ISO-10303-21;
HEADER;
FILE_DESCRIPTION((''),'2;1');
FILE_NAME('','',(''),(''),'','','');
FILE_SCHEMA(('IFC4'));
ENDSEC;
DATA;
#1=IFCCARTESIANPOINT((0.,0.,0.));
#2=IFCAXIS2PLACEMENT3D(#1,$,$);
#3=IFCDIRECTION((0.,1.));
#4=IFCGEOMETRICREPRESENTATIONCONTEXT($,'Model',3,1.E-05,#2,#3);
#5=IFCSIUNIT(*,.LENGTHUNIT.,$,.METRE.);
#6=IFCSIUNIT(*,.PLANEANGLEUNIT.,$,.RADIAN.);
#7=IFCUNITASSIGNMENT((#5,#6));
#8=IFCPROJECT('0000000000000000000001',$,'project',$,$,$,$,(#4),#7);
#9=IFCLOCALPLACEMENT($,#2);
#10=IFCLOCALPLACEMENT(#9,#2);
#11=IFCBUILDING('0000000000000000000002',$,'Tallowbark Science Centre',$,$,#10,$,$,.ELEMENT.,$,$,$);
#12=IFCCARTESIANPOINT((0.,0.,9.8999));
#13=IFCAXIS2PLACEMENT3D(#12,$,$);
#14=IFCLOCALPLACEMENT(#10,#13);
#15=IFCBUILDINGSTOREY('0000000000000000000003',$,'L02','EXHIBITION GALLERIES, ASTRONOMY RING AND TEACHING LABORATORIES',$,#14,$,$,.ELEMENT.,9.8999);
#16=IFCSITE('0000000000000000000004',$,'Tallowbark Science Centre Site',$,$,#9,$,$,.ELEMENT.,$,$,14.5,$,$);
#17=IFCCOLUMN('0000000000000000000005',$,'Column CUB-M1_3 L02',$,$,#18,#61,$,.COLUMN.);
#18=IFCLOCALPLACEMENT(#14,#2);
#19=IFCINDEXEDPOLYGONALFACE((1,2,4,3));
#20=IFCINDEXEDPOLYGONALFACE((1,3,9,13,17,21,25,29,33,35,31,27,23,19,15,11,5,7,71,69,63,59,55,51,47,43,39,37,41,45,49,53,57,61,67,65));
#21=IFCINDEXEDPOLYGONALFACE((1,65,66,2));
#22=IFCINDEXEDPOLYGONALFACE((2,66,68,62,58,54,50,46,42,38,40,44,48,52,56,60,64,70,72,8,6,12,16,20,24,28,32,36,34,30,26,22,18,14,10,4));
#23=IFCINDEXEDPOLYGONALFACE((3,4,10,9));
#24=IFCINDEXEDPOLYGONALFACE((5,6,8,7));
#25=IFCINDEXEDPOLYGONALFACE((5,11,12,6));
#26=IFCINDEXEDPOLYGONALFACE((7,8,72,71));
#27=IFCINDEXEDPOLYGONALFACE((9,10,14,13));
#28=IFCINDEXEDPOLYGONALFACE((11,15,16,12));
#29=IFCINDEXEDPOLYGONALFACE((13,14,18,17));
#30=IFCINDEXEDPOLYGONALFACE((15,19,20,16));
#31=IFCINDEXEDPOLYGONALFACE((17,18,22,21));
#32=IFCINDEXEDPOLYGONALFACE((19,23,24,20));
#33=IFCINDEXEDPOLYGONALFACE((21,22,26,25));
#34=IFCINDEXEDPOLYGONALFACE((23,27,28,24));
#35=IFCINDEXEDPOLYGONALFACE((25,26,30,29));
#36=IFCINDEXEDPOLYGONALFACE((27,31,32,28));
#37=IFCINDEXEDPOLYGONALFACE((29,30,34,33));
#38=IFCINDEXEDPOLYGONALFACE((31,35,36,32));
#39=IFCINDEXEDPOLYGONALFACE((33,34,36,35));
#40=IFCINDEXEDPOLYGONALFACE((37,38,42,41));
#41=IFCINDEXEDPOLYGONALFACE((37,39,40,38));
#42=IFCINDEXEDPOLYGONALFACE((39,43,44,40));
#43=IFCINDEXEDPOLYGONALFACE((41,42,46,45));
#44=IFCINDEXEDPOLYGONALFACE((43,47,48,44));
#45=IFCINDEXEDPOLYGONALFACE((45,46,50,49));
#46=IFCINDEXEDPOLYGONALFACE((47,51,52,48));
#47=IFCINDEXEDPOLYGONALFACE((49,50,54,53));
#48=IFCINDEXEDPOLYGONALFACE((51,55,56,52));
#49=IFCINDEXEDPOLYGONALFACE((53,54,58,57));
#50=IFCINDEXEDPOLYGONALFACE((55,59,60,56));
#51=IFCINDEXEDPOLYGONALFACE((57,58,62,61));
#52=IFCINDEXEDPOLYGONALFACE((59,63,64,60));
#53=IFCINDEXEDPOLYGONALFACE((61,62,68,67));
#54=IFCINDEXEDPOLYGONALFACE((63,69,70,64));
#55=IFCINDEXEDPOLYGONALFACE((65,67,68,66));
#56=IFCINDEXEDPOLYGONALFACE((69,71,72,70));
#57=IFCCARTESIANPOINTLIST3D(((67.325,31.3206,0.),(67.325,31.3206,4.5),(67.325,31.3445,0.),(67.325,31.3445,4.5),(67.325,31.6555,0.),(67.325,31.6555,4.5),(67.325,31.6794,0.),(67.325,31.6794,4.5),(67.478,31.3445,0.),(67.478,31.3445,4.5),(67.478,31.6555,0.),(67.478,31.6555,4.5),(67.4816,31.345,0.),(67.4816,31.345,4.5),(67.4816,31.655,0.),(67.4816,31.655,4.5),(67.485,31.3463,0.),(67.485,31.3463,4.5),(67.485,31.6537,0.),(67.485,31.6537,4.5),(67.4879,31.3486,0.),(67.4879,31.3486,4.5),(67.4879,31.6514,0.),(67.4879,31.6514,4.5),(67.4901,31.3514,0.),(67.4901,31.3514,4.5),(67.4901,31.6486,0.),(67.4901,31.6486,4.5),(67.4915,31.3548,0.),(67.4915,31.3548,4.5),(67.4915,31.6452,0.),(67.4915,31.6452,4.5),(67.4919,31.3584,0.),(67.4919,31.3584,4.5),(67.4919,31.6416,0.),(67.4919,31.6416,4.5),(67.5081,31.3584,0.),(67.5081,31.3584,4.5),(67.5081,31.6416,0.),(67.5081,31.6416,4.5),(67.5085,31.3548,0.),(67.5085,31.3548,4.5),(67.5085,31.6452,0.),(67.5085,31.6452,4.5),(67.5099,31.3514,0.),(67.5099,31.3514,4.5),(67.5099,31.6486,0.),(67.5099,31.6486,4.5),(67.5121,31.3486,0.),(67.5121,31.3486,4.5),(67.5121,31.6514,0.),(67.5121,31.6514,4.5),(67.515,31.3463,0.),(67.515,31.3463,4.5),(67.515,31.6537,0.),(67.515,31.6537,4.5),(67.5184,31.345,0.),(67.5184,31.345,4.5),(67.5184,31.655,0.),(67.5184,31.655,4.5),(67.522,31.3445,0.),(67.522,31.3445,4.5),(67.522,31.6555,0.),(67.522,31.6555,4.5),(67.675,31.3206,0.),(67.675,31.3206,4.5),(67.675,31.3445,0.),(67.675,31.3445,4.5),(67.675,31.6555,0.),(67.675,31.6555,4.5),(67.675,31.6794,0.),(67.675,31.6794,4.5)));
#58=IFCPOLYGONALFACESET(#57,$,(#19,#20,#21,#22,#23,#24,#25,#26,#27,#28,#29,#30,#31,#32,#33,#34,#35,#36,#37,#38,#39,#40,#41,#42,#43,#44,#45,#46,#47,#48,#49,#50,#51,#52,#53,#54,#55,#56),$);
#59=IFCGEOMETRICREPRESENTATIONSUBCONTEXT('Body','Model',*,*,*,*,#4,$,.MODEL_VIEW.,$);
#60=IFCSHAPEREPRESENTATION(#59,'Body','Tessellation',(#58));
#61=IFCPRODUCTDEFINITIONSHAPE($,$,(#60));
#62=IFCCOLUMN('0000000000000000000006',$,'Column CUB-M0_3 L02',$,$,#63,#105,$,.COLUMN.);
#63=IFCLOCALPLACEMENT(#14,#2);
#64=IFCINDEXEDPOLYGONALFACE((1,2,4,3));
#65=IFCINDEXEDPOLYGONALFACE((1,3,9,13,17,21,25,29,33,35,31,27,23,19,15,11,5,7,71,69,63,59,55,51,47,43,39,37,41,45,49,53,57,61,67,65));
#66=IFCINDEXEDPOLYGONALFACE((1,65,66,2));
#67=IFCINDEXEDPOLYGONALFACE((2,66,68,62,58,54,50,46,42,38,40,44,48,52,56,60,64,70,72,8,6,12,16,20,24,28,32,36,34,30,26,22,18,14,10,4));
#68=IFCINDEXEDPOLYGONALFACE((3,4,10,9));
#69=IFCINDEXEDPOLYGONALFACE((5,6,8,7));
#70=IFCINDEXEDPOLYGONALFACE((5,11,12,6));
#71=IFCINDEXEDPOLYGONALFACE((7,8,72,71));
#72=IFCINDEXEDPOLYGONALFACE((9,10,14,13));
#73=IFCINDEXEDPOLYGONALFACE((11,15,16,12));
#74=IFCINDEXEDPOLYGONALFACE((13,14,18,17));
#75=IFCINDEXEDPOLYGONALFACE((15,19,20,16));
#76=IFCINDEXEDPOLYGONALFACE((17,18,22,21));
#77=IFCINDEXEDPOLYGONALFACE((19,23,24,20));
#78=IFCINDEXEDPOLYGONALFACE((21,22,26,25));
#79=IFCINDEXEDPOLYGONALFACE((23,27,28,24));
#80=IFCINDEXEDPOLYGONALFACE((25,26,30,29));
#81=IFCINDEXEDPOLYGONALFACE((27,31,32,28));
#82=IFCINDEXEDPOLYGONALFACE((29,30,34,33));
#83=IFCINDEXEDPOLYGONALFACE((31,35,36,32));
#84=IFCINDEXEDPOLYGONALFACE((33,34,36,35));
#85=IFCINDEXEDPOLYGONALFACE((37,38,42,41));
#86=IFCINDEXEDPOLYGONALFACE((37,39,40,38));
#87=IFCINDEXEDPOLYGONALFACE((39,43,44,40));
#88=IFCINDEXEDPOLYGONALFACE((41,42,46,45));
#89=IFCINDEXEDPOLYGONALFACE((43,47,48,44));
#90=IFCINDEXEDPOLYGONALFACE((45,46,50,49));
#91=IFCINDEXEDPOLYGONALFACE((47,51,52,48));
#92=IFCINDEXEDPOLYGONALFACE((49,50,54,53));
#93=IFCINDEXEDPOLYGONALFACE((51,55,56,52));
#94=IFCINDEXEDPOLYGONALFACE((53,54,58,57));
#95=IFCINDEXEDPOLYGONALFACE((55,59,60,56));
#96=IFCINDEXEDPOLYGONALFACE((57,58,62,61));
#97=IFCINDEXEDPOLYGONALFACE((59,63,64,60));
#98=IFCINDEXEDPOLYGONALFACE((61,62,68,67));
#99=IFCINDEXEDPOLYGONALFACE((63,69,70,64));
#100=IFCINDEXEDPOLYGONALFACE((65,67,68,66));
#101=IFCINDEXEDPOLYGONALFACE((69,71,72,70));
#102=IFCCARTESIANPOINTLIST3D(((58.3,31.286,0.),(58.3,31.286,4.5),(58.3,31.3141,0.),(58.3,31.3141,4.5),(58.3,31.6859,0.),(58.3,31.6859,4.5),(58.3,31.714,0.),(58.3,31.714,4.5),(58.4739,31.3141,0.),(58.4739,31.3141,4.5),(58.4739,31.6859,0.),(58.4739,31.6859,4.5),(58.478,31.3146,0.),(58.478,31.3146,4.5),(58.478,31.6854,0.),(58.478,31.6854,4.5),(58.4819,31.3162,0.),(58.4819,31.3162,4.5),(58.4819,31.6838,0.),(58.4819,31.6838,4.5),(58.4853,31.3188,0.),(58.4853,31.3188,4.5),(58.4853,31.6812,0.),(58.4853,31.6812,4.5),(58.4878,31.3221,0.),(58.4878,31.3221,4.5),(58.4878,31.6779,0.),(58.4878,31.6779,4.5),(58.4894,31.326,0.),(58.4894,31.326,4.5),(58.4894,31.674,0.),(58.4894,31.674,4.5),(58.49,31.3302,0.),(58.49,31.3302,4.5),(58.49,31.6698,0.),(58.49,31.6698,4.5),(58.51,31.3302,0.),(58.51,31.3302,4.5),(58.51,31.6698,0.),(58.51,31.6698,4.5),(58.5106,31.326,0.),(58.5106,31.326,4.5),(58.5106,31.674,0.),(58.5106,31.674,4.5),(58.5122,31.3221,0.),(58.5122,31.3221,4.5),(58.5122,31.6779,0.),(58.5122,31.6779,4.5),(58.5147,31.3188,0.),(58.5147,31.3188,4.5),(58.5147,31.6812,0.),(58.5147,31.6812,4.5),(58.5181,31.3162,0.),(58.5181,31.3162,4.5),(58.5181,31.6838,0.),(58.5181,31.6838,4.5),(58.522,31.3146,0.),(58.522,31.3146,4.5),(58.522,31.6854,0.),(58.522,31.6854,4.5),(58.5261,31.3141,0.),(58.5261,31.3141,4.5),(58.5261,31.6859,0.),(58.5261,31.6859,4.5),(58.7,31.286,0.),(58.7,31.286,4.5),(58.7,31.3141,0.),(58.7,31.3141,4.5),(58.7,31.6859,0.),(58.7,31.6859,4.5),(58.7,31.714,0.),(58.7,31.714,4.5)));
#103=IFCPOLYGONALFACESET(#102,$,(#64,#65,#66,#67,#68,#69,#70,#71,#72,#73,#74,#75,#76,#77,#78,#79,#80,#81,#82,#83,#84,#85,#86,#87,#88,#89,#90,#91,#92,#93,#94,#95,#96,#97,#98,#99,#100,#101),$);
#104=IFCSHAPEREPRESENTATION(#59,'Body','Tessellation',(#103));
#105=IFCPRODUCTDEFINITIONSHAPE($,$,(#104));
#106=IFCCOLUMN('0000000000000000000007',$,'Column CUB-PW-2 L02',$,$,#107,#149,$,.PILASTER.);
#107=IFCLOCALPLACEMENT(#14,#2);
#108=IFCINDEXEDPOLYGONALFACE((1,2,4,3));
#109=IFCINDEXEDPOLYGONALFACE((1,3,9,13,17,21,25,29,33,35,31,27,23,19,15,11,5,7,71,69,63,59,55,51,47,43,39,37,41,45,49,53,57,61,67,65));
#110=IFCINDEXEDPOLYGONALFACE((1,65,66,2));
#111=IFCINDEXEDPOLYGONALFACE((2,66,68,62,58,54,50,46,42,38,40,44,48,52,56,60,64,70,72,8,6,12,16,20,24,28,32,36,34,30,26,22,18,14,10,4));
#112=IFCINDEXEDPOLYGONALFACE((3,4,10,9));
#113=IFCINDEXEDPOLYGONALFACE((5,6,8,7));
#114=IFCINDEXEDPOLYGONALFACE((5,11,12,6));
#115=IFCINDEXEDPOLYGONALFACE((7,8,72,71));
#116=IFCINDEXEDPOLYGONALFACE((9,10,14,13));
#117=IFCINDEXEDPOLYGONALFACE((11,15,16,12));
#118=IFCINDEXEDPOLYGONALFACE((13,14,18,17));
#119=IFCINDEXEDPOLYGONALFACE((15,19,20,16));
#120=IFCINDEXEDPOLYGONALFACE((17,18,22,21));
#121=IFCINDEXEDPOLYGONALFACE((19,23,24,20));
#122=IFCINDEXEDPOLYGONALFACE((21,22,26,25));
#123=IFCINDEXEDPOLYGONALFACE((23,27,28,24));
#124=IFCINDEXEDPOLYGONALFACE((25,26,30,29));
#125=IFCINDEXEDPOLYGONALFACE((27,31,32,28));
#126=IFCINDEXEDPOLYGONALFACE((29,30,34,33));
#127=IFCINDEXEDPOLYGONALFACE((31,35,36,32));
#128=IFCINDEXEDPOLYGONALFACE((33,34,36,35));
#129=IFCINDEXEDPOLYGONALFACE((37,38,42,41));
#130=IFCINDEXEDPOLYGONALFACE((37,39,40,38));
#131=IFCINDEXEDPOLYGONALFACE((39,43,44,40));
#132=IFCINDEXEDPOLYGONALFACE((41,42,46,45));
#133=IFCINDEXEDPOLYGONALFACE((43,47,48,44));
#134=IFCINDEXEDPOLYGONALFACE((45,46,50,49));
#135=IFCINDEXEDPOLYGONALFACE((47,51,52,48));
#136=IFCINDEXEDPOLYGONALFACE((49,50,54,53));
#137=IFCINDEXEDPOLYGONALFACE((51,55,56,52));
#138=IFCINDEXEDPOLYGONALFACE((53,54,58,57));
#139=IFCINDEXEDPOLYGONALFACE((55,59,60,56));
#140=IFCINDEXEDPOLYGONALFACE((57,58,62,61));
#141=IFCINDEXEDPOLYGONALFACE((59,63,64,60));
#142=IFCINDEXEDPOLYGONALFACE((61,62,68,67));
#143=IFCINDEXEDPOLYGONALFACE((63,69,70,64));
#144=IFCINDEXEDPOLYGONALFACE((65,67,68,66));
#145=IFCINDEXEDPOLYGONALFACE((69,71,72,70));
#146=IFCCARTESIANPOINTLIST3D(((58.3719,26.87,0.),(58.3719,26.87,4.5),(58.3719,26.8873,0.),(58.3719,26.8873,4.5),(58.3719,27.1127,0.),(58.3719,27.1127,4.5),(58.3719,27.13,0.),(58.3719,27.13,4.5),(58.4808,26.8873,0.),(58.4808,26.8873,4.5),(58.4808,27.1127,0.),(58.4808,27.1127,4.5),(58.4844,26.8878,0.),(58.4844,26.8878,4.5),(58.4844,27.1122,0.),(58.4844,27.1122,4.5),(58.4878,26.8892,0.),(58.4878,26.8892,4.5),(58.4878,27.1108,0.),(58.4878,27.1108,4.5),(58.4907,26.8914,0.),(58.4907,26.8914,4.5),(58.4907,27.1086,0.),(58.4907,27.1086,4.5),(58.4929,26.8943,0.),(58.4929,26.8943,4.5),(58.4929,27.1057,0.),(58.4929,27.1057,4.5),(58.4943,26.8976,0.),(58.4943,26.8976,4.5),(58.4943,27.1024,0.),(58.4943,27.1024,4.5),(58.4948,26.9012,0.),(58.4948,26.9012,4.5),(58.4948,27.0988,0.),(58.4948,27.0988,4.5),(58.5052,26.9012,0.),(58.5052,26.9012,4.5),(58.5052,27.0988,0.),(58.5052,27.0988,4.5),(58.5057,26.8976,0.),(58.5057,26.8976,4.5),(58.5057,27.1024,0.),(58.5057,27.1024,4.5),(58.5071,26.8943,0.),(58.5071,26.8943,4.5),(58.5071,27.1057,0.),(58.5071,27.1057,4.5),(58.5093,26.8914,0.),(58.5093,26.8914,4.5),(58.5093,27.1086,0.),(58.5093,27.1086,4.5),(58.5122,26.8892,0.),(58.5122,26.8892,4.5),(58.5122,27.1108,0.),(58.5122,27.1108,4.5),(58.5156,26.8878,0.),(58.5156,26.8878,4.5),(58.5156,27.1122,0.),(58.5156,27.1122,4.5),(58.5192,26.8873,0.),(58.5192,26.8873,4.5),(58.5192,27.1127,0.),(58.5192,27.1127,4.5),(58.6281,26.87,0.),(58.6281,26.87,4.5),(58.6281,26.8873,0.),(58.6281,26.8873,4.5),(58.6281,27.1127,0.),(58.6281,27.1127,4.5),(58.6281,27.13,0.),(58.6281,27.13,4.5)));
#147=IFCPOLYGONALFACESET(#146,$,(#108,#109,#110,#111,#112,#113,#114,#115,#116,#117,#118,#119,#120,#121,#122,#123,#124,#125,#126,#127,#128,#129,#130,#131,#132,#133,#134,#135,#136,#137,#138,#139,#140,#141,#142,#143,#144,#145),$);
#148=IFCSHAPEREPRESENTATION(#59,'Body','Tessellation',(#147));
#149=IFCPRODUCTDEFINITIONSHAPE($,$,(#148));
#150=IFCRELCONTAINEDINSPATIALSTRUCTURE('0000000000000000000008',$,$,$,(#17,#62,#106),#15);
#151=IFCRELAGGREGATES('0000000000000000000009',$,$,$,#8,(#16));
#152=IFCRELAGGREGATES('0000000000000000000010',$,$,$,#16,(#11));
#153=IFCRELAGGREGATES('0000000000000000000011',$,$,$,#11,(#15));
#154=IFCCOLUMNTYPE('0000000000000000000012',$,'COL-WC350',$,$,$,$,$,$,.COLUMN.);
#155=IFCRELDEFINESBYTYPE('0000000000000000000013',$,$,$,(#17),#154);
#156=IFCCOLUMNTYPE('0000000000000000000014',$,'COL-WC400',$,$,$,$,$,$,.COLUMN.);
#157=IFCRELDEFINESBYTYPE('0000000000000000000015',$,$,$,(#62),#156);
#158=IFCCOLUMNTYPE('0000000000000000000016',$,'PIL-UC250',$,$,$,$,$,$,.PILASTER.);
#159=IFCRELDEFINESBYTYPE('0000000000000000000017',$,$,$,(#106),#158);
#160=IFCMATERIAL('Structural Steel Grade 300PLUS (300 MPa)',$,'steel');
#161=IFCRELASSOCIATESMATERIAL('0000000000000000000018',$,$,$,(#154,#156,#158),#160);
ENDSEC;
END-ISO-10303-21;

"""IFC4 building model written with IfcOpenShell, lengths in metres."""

from ifc_helpers import new_model, si_unit, direction, frame, origin, origin_2d, place, context, subcontext, project, spatial, i_section, extrude, material, material_profile, profile_set, type_object, element, save


model = new_model("IFC4")

# Units and contexts
model_context = context("Model", 3, precision=1e-05, world=origin(), true_north=direction((0.0, 1.0)))
body_context = subcontext(model_context, "Body", "Model", "MODEL_VIEW")
ifc_project = project(units=[si_unit("LENGTHUNIT", "METRE"), si_unit("PLANEANGLEUNIT", "RADIAN")], contexts=[model_context])

# Site, building, storey
site_placement = place(None, origin())
site = spatial("IfcSite", under=ifc_project, at=site_placement, Name="Tallowbark Science Centre Site", CompositionType="ELEMENT", RefElevation=14.5)
building_placement = place(site_placement, origin())
building = spatial("IfcBuilding", under=site, at=building_placement, Name="Tallowbark Science Centre", CompositionType="ELEMENT")
storey_placement = place(building_placement, frame((0.0, 0.0, 9.8999)))
storey = spatial("IfcBuildingStorey", under=building, at=storey_placement, Name="L02", Description="EXHIBITION GALLERIES, ASTRONOMY RING AND TEACHING LABORATORIES", CompositionType="ELEMENT", Elevation=9.8999)

# Columns
ifc_material_1 = material(Name="Structural Steel Grade 300PLUS (300 MPa)", Category="steel")
ifc_material_profile_1 = material_profile(ifc_material_1, i_section(OverallWidth=0.3501, OverallDepth=0.3589, WebThickness=0.0161, FlangeThickness=0.0239, FilletRadius=0.0139, at=origin_2d()), Name="350WC197")
ifc_profile_set_1 = profile_set([ifc_material_profile_1], Name="Structural Steel Grade 300PLUS (300 MPa)")
column_type_1 = type_object("IfcColumnType", Name="COL-WC350", PredefinedType="COLUMN", material=ifc_profile_set_1)
column_1_placement = place(storey_placement, frame((67.5, 31.5, 0.0), z_axis=(0.0, 0.0, 1.0), x_axis=(1.0, 0.0, 0.0)))
element("IfcColumn", 1, at=column_1_placement, inside=storey, type_object=column_type_1, Name="Column CUB-M1_3 L02", PredefinedType="COLUMN", context=body_context, shape_type="SweptSolid", body=[
    extrude(i_section(OverallWidth=0.3501, OverallDepth=0.3589, WebThickness=0.0161, FlangeThickness=0.0239, FilletRadius=0.0139, at=origin_2d()), origin(), (0.0, 0.0, 1.0), 4.5),
])
ifc_material_profile_2 = material_profile(ifc_material_1, i_section(OverallWidth=0.3999, OverallDepth=0.428, WebThickness=0.02, FlangeThickness=0.0281, FilletRadius=0.0161, at=origin_2d()), Name="400WC270")
ifc_profile_set_2 = profile_set([ifc_material_profile_2], Name="Structural Steel Grade 300PLUS (300 MPa)")
column_type_2 = type_object("IfcColumnType", Name="COL-WC400", PredefinedType="COLUMN", material=ifc_profile_set_2)
column_2_placement = place(storey_placement, frame((58.5, 31.5, 0.0), z_axis=(0.0, 0.0, 1.0), x_axis=(1.0, 0.0, 0.0)))
element("IfcColumn", 2, at=column_2_placement, inside=storey, type_object=column_type_2, Name="Column CUB-M0_3 L02", PredefinedType="COLUMN", context=body_context, shape_type="SweptSolid", body=[
    extrude(i_section(OverallWidth=0.3999, OverallDepth=0.428, WebThickness=0.02, FlangeThickness=0.0281, FilletRadius=0.0161, at=origin_2d()), origin(), (0.0, 0.0, 1.0), 4.5),
])
ifc_material_profile_3 = material_profile(ifc_material_1, i_section(OverallWidth=0.2561, OverallDepth=0.26, WebThickness=0.0105, FlangeThickness=0.0173, FilletRadius=0.0139, at=origin_2d()), Name="250UC89.5")
ifc_profile_set_3 = profile_set([ifc_material_profile_3], Name="Structural Steel Grade 300PLUS (300 MPa)")
column_type_3 = type_object("IfcColumnType", Name="PIL-UC250", PredefinedType="PILASTER", material=ifc_profile_set_3)
column_3_placement = place(storey_placement, frame((58.5, 27.0, 0.0), z_axis=(0.0, 0.0, 1.0), x_axis=(1.0, 0.0, 0.0)))
element("IfcColumn", 3, at=column_3_placement, inside=storey, type_object=column_type_3, Name="Column CUB-PW-2 L02", PredefinedType="PILASTER", context=body_context, shape_type="SweptSolid", body=[
    extrude(i_section(OverallWidth=0.2561, OverallDepth=0.26, WebThickness=0.0105, FlangeThickness=0.0173, FilletRadius=0.0139, at=origin_2d()), origin(), (0.0, 0.0, 1.0), 4.5),
])

save(model, "model.ifc")
